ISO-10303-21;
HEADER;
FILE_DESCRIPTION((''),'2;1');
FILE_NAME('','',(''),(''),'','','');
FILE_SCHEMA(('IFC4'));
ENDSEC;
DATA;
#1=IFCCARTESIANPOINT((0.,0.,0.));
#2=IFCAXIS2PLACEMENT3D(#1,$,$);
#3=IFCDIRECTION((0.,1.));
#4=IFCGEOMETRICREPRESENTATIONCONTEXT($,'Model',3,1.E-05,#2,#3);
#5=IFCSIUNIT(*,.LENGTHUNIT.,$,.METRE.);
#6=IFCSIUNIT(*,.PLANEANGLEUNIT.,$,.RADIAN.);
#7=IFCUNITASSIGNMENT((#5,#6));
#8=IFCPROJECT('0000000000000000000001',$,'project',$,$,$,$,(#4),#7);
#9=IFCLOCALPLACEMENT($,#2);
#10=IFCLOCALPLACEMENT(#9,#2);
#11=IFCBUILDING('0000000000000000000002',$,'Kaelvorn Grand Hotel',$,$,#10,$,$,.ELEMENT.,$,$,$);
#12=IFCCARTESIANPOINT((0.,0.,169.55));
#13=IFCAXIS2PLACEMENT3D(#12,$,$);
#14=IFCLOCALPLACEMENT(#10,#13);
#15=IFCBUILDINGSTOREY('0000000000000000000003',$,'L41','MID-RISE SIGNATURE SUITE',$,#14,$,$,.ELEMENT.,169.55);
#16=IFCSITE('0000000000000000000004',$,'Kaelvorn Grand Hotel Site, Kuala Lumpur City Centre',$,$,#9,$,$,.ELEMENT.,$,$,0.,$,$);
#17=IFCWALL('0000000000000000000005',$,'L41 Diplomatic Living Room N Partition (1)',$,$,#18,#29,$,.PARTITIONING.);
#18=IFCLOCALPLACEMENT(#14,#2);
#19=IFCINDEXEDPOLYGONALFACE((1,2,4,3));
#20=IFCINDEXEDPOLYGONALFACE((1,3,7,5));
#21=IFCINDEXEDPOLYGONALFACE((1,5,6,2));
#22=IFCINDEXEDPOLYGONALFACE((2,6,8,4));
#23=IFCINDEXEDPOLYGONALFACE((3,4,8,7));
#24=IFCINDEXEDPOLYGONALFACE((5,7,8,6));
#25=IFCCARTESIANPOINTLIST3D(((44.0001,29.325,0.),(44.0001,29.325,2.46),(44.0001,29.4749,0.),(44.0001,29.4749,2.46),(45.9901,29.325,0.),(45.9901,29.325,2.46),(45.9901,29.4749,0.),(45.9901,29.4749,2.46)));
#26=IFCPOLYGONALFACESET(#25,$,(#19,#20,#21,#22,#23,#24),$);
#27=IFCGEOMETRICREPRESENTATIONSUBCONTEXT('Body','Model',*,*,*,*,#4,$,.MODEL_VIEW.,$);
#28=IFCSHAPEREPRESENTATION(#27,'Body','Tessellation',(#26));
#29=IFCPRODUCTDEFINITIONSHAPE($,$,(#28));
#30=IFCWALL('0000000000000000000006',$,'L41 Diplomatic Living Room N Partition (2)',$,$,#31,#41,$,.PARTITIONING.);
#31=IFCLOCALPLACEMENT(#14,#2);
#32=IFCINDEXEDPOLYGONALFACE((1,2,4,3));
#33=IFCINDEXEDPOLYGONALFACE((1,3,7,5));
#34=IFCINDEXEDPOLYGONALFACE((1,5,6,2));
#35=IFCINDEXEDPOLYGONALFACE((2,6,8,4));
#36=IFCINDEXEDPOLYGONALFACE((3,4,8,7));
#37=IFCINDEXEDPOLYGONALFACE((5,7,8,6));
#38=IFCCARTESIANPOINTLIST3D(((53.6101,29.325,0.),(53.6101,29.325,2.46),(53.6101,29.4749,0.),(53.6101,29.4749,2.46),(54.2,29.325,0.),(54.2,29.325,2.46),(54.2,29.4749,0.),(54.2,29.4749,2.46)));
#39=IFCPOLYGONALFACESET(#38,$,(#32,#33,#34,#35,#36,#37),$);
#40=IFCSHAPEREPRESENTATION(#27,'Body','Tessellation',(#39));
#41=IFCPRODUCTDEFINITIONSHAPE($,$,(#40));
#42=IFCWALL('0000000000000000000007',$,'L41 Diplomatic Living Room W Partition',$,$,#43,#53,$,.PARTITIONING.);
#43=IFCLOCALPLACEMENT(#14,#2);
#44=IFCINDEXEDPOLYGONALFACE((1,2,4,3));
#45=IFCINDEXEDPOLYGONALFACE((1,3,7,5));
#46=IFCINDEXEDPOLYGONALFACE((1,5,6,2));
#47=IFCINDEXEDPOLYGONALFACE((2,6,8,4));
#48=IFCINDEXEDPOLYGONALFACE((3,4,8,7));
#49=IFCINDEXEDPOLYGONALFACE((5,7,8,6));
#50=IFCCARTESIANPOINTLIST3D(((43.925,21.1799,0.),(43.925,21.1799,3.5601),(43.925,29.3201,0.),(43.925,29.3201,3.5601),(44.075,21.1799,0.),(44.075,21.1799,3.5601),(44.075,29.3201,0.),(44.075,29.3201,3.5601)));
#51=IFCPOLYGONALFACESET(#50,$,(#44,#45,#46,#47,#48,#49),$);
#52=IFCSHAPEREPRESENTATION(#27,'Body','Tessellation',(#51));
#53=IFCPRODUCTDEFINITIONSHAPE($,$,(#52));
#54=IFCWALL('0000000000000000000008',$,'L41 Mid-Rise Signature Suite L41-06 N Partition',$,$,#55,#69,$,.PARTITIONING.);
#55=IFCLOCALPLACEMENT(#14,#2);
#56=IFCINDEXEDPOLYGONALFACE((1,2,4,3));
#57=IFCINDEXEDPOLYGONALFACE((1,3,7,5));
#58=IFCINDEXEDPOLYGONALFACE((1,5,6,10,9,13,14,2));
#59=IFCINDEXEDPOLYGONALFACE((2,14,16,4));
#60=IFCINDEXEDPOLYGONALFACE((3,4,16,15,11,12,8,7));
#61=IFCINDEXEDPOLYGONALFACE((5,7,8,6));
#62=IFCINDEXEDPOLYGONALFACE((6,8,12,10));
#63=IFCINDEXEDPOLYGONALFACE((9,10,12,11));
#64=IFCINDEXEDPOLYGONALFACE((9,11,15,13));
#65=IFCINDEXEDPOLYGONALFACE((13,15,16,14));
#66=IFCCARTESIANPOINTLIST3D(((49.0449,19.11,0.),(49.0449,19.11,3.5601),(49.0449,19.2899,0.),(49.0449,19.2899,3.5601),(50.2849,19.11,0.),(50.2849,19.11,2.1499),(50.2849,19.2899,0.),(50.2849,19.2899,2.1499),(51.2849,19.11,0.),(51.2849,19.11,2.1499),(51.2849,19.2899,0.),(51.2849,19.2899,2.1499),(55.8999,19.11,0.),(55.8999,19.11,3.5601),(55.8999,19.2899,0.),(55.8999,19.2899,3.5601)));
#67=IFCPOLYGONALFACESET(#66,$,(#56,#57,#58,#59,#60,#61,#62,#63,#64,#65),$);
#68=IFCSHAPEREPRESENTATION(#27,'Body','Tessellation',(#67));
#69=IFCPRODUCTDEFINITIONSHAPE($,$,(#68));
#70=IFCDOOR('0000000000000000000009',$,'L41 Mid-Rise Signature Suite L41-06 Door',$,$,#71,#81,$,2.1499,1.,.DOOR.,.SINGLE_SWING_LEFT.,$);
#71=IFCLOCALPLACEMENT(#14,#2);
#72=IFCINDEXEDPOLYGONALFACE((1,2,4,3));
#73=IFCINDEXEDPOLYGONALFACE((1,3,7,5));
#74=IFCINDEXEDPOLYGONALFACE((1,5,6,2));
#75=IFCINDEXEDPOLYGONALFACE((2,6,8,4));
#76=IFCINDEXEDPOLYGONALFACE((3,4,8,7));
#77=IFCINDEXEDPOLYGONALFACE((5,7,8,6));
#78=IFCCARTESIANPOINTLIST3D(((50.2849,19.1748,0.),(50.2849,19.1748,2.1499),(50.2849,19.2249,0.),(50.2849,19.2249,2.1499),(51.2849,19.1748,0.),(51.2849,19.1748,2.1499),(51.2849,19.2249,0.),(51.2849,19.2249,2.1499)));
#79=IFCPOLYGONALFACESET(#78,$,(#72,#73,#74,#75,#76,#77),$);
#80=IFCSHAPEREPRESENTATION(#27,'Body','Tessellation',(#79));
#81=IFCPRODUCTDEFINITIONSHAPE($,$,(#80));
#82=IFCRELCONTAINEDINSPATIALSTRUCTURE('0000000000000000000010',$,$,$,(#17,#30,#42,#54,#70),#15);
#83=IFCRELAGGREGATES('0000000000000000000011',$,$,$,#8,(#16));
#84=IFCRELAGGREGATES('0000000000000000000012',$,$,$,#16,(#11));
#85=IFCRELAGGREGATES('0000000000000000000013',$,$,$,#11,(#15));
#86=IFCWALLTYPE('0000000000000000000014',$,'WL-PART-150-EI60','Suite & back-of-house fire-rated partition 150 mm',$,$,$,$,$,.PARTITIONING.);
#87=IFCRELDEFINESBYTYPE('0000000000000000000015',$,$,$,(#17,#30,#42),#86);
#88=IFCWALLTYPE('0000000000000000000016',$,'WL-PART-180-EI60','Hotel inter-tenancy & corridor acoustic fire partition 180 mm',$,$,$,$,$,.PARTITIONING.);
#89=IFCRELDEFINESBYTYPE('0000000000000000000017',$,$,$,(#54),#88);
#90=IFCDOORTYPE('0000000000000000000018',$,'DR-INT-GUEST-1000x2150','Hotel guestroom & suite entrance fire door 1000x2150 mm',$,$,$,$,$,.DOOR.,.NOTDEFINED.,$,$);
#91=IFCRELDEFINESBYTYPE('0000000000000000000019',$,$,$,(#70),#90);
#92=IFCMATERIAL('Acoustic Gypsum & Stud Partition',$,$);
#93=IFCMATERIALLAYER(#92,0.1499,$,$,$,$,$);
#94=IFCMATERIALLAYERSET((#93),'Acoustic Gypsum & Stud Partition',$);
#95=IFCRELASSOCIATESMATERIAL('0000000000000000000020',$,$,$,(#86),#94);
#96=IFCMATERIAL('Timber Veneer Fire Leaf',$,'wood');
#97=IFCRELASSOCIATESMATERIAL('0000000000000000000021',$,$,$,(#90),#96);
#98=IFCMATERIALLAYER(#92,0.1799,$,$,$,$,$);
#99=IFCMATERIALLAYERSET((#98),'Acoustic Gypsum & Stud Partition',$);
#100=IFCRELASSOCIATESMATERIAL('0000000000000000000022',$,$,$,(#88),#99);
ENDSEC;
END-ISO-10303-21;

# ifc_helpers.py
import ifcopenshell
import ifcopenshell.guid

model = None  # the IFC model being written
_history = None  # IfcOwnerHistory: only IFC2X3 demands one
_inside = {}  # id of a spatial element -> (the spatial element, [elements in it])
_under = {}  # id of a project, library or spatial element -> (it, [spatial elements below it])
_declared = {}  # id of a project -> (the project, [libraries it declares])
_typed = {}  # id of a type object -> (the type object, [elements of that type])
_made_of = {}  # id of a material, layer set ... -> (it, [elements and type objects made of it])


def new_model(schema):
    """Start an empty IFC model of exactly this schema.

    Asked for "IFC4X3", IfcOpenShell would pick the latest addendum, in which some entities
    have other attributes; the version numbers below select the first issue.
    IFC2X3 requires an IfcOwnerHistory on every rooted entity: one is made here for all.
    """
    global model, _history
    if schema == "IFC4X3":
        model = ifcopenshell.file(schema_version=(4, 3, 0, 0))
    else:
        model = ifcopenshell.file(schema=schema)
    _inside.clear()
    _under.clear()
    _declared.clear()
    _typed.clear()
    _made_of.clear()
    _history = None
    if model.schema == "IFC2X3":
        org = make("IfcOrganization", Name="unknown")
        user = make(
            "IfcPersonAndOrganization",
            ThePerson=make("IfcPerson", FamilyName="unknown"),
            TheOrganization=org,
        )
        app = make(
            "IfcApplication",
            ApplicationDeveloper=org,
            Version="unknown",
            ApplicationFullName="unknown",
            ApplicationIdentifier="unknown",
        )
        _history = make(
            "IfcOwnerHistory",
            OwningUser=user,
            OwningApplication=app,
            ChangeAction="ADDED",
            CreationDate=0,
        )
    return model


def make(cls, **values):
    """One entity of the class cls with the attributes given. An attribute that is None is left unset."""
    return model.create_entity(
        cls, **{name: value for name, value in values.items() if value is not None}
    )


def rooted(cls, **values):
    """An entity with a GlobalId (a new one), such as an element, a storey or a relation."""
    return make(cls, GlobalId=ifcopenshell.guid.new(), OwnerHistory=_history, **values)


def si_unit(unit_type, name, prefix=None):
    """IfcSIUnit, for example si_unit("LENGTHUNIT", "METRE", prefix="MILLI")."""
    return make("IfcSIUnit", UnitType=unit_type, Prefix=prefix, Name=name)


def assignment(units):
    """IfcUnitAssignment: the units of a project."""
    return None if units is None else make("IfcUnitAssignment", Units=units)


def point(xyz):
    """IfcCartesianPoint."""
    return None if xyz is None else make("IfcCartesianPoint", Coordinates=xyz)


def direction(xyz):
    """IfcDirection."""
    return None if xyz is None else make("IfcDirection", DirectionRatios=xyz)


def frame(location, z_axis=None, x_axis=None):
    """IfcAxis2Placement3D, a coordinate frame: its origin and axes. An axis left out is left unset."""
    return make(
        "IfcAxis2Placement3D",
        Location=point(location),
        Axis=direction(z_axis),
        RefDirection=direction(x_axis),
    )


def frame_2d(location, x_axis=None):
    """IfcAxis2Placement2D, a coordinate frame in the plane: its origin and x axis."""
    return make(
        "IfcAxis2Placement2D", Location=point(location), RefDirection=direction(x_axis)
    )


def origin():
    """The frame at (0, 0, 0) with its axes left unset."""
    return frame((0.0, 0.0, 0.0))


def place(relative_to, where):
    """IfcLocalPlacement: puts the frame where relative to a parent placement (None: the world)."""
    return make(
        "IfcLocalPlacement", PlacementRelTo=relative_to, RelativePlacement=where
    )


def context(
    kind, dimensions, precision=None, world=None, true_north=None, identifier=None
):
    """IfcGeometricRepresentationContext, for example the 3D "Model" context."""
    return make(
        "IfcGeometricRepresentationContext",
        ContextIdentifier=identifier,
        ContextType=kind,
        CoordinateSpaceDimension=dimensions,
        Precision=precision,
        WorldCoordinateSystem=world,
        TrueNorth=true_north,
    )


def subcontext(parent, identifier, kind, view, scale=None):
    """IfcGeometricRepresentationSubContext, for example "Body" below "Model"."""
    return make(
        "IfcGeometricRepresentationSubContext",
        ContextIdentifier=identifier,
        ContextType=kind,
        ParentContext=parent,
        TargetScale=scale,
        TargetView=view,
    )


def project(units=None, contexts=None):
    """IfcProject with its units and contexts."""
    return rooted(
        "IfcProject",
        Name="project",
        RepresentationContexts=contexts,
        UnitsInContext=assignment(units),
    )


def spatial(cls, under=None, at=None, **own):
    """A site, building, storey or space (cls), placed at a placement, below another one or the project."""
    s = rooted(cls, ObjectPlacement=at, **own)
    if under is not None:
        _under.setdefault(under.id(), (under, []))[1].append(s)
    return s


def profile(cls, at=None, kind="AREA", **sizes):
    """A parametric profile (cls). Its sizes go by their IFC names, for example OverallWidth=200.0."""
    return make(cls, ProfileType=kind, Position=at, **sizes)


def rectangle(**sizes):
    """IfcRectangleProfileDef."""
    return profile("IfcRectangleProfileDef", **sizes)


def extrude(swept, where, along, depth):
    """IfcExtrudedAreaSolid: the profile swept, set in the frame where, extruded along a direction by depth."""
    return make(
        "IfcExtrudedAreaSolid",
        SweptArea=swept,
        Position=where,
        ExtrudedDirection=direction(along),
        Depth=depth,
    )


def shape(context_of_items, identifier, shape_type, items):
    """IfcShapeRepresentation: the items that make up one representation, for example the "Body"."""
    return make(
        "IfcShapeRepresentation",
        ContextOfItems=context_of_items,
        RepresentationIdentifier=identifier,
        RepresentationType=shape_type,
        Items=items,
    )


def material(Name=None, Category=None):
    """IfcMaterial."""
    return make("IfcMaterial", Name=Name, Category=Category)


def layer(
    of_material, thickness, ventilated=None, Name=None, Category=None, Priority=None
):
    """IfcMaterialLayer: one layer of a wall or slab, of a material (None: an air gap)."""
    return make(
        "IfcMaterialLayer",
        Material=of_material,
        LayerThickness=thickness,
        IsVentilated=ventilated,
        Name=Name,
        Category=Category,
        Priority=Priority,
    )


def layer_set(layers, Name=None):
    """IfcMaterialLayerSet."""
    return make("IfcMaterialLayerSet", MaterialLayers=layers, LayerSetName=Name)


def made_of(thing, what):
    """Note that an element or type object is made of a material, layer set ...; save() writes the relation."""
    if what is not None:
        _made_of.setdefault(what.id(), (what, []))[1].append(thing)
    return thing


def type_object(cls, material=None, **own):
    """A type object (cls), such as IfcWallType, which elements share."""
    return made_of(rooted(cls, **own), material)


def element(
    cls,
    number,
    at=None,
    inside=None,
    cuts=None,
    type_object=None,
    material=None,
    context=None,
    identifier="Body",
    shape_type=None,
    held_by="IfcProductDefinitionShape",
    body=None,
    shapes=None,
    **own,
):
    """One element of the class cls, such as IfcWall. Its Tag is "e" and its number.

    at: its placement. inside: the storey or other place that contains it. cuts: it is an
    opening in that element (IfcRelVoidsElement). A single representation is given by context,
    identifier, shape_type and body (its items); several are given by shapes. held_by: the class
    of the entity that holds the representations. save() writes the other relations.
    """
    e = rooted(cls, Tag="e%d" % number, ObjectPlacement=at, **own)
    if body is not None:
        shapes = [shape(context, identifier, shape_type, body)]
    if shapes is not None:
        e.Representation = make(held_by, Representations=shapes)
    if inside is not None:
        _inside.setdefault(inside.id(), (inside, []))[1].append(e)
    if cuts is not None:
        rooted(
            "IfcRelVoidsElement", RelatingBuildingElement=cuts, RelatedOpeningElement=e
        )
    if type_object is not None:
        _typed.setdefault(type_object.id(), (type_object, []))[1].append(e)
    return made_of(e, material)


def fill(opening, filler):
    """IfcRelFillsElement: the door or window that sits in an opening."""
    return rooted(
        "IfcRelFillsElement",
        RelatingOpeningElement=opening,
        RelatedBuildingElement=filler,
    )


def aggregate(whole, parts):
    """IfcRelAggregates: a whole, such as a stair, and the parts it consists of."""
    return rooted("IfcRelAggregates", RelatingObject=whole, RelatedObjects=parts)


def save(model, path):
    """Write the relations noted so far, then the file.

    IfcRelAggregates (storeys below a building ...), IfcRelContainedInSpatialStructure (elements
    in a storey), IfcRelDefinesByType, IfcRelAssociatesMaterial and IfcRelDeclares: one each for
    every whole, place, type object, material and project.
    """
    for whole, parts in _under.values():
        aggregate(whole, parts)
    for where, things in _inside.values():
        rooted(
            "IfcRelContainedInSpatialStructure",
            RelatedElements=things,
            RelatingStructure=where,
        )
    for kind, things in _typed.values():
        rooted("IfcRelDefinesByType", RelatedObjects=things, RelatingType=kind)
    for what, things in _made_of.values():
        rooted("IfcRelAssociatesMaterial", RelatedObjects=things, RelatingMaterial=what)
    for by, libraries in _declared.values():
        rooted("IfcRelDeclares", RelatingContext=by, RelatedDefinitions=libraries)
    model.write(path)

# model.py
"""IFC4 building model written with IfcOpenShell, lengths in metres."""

from ifc_helpers import new_model, si_unit, direction, frame, frame_2d, origin, place, context, subcontext, project, spatial, rectangle, extrude, material, layer, layer_set, type_object, element, fill, save


model = new_model("IFC4")

# Units and contexts
model_context = context("Model", 3, precision=1e-05, world=origin(), true_north=direction((0.0, 1.0)))
body_context = subcontext(model_context, "Body", "Model", "MODEL_VIEW")
ifc_project = project(units=[si_unit("LENGTHUNIT", "METRE"), si_unit("PLANEANGLEUNIT", "RADIAN")], contexts=[model_context])

# Site, building, storey
site_placement = place(None, origin())
site = spatial("IfcSite", under=ifc_project, at=site_placement, Name="Kaelvorn Grand Hotel Site, Kuala Lumpur City Centre", CompositionType="ELEMENT", RefElevation=0.0)
building_placement = place(site_placement, origin())
building = spatial("IfcBuilding", under=site, at=building_placement, Name="Kaelvorn Grand Hotel", CompositionType="ELEMENT")
storey_placement = place(building_placement, frame((0.0, 0.0, 169.55)))
storey = spatial("IfcBuildingStorey", under=building, at=storey_placement, Name="L41", Description="MID-RISE SIGNATURE SUITE", CompositionType="ELEMENT", Elevation=169.55)

# Shared definitions
ifc_material_1 = material(Name="Acoustic Gypsum & Stud Partition")
ifc_layer_1 = layer(ifc_material_1, 0.1499)
ifc_layer_set_1 = layer_set([ifc_layer_1], Name="Acoustic Gypsum & Stud Partition")
wall_type_1 = type_object("IfcWallType", Name="WL-PART-150-EI60", Description="Suite & back-of-house fire-rated partition 150 mm", PredefinedType="PARTITIONING", material=ifc_layer_set_1)
ifc_material_2 = material(Name="Timber Veneer Fire Leaf", Category="wood")
door_type_1 = type_object("IfcDoorType", Name="DR-INT-GUEST-1000x2150", Description="Hotel guestroom & suite entrance fire door 1000x2150 mm", OperationType="NOTDEFINED", PredefinedType="DOOR", material=ifc_material_2)

# Walls
wall_1_placement = place(storey_placement, frame((44.0, 29.3999, 0.0), z_axis=(0.0, 0.0, 1.0), x_axis=(1.0, 0.0, 0.0)))
element("IfcWall", 1, at=wall_1_placement, inside=storey, type_object=wall_type_1, Name="L41 Diplomatic Living Room N Partition (1)", PredefinedType="PARTITIONING", context=body_context, shape_type="SweptSolid", body=[
    extrude(rectangle(XDim=1.99, YDim=0.1499, at=frame_2d((0.9951, 0.0))), origin(), (0.0, 0.0, 1.0), 2.46),
])
wall_2_placement = place(storey_placement, frame((53.6101, 29.3999, 0.0), z_axis=(0.0, 0.0, 1.0), x_axis=(1.0, 0.0, 0.0)))
element("IfcWall", 2, at=wall_2_placement, inside=storey, type_object=wall_type_1, Name="L41 Diplomatic Living Room N Partition (2)", PredefinedType="PARTITIONING", context=body_context, shape_type="SweptSolid", body=[
    extrude(rectangle(XDim=0.5898, YDim=0.1499, at=frame_2d((0.2949, 0.0))), origin(), (0.0, 0.0, 1.0), 2.46),
])
wall_3_placement = place(storey_placement, frame((44.0, 21.1799, 0.0), z_axis=(0.0, 0.0, 1.0), x_axis=(0.0, 1.0, 0.0)))
element("IfcWall", 3, at=wall_3_placement, inside=storey, type_object=wall_type_1, Name="L41 Diplomatic Living Room W Partition", PredefinedType="PARTITIONING", context=body_context, shape_type="SweptSolid", body=[
    extrude(rectangle(XDim=8.1401, YDim=0.1499, at=frame_2d((4.0701, 0.0))), origin(), (0.0, 0.0, 1.0), 3.5601),
])

# Wall, opening, door
ifc_layer_2 = layer(ifc_material_1, 0.1799)
ifc_layer_set_2 = layer_set([ifc_layer_2], Name="Acoustic Gypsum & Stud Partition")
wall_type_2 = type_object("IfcWallType", Name="WL-PART-180-EI60", Description="Hotel inter-tenancy & corridor acoustic fire partition 180 mm", PredefinedType="PARTITIONING", material=ifc_layer_set_2)
wall_4_placement = place(storey_placement, frame((49.0449, 19.2, 0.0), z_axis=(0.0, 0.0, 1.0), x_axis=(1.0, 0.0, 0.0)))
wall_4 = element("IfcWall", 4, at=wall_4_placement, inside=storey, type_object=wall_type_2, Name="L41 Mid-Rise Signature Suite L41-06 N Partition", PredefinedType="PARTITIONING", context=body_context, shape_type="SweptSolid", body=[
    extrude(rectangle(XDim=6.855, YDim=0.1799, at=frame_2d((3.4275, 0.0))), origin(), (0.0, 0.0, 1.0), 3.5601),
])
opening_1_placement = place(wall_4_placement, frame((1.24, 0.0, 0.0)))
opening_1 = element("IfcOpeningElement", 5, at=opening_1_placement, cuts=wall_4, PredefinedType="OPENING", context=body_context, shape_type="SweptSolid", body=[
    extrude(rectangle(XDim=1.0, YDim=2.1499, at=frame_2d((0.5, 1.075))), frame((0.0, 0.1001, 0.0), z_axis=(0.0, -1.0, 0.0), x_axis=(1.0, 0.0, 0.0)), (0.0, 0.0, 1.0), 0.2),
])
door_1_placement = place(opening_1_placement, origin())
door_1 = element("IfcDoor", 6, at=door_1_placement, inside=storey, type_object=door_type_1, Name="L41 Mid-Rise Signature Suite L41-06 Door", OperationType="SINGLE_SWING_LEFT", OverallHeight=2.1499, OverallWidth=1.0, PredefinedType="DOOR", context=body_context, shape_type="SweptSolid", body=[
    extrude(rectangle(XDim=1.0, YDim=2.1499, at=frame_2d((0.5, 1.075))), frame((0.0, 0.0249, 0.0), z_axis=(0.0, -1.0, 0.0), x_axis=(1.0, 0.0, 0.0)), (0.0, 0.0, 1.0), 0.05),
])
fill(opening_1, door_1)

save(model, "model.ifc")
